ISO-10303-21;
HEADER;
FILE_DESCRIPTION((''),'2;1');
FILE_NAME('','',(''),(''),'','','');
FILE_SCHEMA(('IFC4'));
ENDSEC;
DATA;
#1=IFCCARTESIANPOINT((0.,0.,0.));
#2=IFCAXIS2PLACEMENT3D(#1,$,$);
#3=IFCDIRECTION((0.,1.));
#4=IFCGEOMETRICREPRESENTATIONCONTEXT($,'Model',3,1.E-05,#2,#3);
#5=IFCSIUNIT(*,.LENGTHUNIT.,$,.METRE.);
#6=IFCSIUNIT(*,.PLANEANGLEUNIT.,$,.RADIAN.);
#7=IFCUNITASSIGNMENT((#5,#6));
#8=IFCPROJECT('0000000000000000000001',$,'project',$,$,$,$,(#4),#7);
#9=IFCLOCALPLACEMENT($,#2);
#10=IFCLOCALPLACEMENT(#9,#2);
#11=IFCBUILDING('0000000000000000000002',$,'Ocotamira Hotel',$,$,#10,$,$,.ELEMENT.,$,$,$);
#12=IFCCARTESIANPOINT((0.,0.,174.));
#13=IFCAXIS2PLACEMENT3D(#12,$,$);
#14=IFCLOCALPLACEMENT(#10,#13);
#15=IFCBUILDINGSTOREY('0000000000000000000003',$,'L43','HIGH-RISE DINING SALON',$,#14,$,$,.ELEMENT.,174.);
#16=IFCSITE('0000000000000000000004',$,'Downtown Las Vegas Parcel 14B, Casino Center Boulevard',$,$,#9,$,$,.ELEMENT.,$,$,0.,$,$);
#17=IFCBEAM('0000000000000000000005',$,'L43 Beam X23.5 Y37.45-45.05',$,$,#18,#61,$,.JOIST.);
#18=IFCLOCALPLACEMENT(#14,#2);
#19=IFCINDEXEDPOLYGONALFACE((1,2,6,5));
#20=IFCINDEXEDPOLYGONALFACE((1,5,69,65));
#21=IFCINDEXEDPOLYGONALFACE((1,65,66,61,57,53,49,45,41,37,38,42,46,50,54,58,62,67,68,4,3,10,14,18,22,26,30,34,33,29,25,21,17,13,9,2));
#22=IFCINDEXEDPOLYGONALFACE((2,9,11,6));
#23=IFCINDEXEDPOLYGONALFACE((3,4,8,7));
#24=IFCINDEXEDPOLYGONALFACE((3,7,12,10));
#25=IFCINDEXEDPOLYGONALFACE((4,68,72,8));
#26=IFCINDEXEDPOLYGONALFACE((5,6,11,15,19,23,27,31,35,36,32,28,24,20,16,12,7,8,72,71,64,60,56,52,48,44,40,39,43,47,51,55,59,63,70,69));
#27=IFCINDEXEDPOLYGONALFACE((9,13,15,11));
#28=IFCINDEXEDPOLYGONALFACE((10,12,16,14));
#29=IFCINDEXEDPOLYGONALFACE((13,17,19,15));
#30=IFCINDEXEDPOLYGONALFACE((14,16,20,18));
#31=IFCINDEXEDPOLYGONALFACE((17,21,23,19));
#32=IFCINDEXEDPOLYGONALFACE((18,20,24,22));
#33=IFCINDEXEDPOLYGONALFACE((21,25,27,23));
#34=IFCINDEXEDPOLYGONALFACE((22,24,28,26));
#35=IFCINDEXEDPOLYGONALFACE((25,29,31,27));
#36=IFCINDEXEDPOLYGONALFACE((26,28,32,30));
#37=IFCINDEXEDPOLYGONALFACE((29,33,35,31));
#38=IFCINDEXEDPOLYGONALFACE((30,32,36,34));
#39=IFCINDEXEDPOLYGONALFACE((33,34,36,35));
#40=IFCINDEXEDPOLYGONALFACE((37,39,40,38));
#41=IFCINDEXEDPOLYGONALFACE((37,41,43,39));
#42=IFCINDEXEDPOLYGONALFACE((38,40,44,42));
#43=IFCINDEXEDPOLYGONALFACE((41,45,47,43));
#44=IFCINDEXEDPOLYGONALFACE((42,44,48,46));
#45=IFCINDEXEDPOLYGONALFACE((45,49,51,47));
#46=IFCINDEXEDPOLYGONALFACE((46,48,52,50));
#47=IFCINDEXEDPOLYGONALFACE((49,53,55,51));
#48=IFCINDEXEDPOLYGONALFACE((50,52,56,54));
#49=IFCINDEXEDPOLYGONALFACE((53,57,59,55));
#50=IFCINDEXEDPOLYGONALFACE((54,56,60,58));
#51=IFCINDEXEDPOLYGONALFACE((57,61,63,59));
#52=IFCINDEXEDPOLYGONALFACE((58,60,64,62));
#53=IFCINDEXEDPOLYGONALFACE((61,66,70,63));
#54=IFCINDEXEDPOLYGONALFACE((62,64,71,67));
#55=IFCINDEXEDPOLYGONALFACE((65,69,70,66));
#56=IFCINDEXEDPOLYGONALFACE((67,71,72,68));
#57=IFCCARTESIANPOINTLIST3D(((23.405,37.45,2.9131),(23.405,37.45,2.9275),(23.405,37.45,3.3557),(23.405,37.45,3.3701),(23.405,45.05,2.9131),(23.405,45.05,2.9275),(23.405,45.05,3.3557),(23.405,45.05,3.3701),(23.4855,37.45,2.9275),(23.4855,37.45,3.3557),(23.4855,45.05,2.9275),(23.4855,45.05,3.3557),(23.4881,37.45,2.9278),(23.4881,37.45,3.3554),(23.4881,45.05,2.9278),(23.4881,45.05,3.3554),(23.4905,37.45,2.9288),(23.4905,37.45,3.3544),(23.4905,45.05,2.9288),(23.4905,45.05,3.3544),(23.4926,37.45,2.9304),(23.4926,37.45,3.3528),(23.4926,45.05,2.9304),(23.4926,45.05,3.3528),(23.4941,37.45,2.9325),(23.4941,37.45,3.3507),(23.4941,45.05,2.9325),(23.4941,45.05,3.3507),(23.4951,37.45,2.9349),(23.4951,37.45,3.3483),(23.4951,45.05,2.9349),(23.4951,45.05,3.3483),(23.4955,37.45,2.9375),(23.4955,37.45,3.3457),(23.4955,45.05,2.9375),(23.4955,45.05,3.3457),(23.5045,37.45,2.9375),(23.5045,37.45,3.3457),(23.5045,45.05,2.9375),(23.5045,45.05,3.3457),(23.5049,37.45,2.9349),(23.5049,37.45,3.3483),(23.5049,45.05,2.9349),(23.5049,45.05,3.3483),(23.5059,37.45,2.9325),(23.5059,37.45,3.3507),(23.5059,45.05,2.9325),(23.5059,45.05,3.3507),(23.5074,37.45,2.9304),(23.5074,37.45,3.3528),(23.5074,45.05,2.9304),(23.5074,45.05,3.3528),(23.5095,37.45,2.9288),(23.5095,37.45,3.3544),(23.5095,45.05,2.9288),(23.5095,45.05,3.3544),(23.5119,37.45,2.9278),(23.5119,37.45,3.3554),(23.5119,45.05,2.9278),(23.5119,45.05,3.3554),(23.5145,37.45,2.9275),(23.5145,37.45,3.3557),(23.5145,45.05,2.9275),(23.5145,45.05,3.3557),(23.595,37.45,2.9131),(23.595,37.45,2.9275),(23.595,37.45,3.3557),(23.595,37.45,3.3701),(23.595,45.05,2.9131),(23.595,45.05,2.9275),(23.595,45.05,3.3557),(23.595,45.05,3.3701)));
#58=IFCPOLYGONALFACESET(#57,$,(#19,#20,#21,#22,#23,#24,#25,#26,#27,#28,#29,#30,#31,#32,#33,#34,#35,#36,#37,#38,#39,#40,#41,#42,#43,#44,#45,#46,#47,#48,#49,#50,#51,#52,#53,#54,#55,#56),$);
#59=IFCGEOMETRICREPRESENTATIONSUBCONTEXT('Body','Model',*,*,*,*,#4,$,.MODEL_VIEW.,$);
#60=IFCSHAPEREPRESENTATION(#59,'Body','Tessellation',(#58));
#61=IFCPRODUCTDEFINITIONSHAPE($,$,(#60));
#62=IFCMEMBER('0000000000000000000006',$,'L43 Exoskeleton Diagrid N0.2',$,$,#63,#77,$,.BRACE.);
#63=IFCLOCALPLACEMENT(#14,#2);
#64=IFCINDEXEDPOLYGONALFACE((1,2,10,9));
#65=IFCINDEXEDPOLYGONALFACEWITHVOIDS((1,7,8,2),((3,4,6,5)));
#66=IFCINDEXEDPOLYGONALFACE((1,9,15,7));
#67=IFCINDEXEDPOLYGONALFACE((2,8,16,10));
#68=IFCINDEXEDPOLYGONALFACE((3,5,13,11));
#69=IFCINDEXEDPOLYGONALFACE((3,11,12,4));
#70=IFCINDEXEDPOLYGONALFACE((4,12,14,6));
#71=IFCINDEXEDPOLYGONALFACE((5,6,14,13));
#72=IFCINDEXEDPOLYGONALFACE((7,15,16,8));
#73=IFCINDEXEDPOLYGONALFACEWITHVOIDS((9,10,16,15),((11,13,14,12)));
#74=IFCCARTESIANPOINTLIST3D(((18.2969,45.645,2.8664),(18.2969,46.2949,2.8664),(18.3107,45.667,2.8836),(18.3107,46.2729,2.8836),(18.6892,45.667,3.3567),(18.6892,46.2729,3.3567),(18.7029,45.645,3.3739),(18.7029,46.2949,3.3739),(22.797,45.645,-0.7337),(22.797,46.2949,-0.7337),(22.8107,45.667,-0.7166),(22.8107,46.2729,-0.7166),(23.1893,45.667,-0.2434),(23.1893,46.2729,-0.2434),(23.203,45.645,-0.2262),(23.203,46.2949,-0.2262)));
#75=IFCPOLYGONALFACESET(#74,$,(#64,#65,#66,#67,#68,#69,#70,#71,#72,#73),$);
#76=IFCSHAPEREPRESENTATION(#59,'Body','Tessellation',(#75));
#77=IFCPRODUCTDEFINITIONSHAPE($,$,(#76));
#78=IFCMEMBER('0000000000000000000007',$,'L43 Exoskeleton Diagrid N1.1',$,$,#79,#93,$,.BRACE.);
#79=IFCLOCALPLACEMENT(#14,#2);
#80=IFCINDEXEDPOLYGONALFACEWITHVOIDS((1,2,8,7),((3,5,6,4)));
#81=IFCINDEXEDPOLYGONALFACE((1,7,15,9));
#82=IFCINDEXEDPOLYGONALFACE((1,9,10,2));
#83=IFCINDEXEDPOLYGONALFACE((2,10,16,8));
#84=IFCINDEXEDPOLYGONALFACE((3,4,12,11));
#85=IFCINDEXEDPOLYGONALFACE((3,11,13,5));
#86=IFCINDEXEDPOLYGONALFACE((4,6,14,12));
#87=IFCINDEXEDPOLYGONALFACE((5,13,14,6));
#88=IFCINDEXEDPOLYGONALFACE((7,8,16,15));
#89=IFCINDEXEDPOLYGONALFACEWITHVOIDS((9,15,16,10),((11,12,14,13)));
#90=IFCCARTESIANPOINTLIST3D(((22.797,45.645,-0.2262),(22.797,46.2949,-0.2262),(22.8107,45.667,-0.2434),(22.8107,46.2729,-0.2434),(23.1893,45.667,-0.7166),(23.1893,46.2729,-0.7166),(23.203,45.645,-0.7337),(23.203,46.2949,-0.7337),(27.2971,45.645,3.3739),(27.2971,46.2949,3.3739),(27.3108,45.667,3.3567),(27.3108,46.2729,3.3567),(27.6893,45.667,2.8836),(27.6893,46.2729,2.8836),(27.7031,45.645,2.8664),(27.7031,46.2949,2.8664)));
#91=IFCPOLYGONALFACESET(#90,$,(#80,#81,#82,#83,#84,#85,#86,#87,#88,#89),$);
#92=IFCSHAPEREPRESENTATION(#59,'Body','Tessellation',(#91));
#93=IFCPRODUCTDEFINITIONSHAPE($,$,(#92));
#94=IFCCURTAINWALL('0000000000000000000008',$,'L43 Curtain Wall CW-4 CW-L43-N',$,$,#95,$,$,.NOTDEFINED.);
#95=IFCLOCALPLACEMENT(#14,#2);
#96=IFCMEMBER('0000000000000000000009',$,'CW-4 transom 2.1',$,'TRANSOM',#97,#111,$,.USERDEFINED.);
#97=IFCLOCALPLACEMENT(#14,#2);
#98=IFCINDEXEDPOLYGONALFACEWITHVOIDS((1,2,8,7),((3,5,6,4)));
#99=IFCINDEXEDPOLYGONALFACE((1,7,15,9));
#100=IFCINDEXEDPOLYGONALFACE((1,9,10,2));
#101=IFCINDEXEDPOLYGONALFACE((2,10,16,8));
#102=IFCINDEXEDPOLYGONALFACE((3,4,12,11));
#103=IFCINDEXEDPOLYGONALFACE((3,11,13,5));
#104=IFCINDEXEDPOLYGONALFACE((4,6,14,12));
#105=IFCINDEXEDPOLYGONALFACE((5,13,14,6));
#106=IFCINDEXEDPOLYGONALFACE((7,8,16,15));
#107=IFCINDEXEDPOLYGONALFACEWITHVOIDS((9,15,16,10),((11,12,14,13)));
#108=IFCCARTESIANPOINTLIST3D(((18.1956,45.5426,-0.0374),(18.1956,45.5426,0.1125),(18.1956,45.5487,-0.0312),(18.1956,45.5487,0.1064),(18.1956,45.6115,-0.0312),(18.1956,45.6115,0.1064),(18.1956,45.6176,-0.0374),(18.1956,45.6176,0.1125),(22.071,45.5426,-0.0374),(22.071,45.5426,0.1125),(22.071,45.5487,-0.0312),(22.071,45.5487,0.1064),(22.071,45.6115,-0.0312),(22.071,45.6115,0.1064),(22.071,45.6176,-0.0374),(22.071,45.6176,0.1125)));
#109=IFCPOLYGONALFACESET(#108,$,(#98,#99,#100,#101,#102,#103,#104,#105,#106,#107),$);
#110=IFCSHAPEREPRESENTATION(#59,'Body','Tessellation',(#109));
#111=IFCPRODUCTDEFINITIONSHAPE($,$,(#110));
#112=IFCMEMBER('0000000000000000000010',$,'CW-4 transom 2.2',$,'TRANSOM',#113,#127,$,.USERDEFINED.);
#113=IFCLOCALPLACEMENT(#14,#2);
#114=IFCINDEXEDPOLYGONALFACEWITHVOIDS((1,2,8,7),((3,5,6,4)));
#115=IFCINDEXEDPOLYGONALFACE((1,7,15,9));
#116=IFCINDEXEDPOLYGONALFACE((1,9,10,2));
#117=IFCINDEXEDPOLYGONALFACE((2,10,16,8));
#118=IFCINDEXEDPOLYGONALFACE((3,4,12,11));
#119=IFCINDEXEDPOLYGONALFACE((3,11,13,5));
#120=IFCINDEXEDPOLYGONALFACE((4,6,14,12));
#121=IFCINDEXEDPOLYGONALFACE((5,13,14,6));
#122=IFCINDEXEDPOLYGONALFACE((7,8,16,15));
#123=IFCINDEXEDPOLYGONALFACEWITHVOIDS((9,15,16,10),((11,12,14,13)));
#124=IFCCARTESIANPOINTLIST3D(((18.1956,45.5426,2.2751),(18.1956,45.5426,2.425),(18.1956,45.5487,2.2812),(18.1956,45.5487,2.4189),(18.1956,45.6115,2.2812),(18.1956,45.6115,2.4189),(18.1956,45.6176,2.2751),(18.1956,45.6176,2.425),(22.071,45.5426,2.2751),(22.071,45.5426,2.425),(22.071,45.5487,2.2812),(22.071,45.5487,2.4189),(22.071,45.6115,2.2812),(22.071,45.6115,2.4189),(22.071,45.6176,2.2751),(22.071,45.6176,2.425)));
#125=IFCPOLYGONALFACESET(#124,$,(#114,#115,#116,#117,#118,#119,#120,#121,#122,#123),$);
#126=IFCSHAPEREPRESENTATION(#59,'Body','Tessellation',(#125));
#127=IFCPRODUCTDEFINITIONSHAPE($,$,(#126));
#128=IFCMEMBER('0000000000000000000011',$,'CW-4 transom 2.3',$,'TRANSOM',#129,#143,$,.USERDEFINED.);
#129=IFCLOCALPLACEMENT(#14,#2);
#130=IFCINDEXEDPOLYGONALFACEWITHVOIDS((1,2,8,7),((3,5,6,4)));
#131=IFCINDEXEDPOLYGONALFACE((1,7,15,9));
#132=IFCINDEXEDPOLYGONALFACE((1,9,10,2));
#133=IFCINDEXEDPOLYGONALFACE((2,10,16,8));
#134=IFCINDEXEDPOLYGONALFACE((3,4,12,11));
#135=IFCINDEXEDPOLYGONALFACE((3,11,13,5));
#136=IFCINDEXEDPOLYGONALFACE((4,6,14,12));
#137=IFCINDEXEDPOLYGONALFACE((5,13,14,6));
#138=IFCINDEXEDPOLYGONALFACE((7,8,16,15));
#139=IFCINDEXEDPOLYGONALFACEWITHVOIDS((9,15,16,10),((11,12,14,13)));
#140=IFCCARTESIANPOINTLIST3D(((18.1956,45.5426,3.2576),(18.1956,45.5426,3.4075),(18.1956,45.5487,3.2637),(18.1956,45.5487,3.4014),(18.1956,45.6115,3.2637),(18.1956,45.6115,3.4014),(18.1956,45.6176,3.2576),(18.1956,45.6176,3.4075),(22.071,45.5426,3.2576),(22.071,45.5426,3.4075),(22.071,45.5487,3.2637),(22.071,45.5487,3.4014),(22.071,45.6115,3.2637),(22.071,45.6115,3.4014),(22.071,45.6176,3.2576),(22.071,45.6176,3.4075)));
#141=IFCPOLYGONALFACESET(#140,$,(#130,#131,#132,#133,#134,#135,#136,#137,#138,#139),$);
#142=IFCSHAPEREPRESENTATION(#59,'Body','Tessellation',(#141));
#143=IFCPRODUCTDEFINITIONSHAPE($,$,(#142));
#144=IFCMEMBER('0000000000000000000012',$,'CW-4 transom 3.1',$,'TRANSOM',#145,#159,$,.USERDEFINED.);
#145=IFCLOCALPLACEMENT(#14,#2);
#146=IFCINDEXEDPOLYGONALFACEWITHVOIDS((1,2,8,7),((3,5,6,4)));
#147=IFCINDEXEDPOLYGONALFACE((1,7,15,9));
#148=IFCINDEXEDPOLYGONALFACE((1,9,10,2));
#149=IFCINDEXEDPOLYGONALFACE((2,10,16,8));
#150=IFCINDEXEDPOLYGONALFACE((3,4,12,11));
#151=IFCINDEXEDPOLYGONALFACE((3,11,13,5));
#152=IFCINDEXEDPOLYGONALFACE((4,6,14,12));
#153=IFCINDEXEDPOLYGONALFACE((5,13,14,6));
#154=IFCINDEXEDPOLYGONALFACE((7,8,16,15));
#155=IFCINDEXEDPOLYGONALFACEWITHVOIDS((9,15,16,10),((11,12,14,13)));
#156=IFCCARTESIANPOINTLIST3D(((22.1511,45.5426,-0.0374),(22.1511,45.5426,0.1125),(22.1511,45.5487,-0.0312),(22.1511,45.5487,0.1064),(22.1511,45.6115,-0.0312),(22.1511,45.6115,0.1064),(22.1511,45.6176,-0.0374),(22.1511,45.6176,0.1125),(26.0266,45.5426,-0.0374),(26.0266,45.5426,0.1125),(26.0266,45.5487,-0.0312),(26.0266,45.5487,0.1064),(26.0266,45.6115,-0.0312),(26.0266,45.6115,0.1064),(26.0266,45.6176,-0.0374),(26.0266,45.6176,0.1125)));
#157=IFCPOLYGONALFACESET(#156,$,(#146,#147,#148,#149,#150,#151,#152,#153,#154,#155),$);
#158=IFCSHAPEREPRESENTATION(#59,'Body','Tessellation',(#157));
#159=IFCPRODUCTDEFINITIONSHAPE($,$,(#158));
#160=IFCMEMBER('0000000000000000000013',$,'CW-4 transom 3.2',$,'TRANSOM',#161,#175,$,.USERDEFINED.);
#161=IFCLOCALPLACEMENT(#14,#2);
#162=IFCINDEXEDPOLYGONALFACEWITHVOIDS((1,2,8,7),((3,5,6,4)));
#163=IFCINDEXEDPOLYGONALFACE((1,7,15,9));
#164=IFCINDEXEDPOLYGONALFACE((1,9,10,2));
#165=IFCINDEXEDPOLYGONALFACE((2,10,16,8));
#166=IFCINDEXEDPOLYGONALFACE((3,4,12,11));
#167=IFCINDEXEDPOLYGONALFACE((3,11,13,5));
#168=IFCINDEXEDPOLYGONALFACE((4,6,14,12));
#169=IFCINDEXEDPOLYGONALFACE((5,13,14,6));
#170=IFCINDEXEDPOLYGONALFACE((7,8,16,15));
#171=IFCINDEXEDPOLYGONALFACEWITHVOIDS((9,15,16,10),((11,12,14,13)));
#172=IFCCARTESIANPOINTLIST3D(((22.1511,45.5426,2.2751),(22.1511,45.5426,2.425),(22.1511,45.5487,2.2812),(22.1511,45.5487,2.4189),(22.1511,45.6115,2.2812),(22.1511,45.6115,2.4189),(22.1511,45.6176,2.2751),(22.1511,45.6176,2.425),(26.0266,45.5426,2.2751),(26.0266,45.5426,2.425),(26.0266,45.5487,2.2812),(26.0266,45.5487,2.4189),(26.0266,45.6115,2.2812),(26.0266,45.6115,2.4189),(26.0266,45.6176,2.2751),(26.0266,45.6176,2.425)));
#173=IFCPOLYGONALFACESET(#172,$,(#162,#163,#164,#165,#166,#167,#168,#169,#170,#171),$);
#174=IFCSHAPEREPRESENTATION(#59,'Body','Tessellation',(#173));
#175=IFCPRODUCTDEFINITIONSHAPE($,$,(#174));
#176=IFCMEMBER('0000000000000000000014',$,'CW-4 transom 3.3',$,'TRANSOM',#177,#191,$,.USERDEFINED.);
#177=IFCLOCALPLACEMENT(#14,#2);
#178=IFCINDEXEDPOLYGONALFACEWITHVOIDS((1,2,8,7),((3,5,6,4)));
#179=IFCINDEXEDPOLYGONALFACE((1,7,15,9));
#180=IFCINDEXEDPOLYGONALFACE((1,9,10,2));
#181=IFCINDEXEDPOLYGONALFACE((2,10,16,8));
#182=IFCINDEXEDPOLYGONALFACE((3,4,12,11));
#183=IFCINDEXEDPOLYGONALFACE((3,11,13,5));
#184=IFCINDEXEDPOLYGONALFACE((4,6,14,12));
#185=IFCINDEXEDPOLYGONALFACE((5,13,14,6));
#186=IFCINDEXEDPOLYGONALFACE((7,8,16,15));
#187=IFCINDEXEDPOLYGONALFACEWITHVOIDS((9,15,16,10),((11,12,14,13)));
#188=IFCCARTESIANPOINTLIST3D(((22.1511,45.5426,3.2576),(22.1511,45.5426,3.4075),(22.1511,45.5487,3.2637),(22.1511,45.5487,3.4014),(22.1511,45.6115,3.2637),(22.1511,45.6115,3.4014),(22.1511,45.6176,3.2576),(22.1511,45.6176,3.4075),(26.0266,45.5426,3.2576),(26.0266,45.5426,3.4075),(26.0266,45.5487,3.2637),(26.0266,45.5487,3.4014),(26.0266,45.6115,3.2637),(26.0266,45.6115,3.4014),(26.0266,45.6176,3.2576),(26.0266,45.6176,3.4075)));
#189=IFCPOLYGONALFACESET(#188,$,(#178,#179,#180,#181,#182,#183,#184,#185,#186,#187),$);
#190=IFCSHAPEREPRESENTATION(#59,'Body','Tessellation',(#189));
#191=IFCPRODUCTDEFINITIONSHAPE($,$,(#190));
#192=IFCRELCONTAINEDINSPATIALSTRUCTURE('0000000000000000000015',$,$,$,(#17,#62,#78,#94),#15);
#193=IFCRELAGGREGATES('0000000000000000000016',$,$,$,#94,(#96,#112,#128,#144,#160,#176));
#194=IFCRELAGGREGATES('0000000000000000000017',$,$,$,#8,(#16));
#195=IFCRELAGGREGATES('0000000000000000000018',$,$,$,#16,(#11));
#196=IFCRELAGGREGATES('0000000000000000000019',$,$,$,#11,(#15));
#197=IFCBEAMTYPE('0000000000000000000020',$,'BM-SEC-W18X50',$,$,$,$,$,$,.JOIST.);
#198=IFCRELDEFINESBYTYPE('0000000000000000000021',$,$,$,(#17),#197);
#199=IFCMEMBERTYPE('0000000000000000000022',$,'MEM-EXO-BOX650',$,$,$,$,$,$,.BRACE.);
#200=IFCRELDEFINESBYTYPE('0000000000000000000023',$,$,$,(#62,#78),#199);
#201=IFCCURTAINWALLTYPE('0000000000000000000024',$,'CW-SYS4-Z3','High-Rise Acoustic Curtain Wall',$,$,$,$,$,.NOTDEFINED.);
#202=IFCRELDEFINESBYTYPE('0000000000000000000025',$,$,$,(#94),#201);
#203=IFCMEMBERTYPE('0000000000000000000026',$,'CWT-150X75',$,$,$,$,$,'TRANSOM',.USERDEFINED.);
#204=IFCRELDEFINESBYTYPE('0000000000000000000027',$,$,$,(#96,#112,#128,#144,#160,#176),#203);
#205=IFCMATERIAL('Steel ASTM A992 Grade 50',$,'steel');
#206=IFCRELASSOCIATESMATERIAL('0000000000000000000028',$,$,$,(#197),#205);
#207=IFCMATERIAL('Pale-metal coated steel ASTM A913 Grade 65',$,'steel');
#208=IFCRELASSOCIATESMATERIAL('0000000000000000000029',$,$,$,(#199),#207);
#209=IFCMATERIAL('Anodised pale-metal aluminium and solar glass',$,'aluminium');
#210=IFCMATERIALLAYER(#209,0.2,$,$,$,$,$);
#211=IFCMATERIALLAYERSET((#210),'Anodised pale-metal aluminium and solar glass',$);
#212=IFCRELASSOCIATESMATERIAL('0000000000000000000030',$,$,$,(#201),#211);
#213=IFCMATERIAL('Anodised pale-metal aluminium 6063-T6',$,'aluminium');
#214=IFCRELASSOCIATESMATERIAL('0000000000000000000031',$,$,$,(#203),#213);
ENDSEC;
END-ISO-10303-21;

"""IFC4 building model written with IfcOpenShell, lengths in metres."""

from ifc_helpers import new_model, si_unit, direction, frame, origin, origin_2d, place, context, subcontext, project, spatial, hollow_rectangle, i_section, extrude, source, transform, mapped, material, layer, layer_set, material_profile, profile_set, type_object, element, aggregate, save


model = new_model("IFC4")

# Units and contexts
model_context = context("Model", 3, precision=1e-05, world=origin(), true_north=direction((0.0, 1.0)))
body_context = subcontext(model_context, "Body", "Model", "MODEL_VIEW")
ifc_project = project(units=[si_unit("LENGTHUNIT", "METRE"), si_unit("PLANEANGLEUNIT", "RADIAN")], contexts=[model_context])

# Site, building, storey
site_placement = place(None, origin())
site = spatial("IfcSite", under=ifc_project, at=site_placement, Name="Downtown Las Vegas Parcel 14B, Casino Center Boulevard", CompositionType="ELEMENT", RefElevation=0.0)
building_placement = place(site_placement, origin())
building = spatial("IfcBuilding", under=site, at=building_placement, Name="Ocotamira Hotel", CompositionType="ELEMENT")
storey_placement = place(building_placement, frame((0.0, 0.0, 174.0)))
storey = spatial("IfcBuildingStorey", under=building, at=storey_placement, Name="L43", Description="HIGH-RISE DINING SALON", CompositionType="ELEMENT", Elevation=174.0)

# Beam
ifc_material_1 = material(Name="Steel ASTM A992 Grade 50", Category="steel")
ifc_material_profile_1 = material_profile(ifc_material_1, i_section(OverallWidth=0.1899, OverallDepth=0.457, WebThickness=0.009, FlangeThickness=0.0144, FilletRadius=0.01, at=origin_2d()), Name="W18X50")
ifc_profile_set_1 = profile_set([ifc_material_profile_1], Name="Steel ASTM A992 Grade 50")
beam_type_1 = type_object("IfcBeamType", Name="BM-SEC-W18X50", PredefinedType="JOIST", material=ifc_profile_set_1)
shared_shape_1 = source(origin(), body_context, "Body", "SweptSolid", [
    extrude(i_section(OverallWidth=0.1899, OverallDepth=0.457, WebThickness=0.009, FlangeThickness=0.0144, FilletRadius=0.01, at=origin_2d()), origin(), (0.0, 0.0, 1.0), 7.6001),
])
beam_1_placement = place(storey_placement, frame((23.5, 37.45, 3.1416), z_axis=(0.0, 1.0, 0.0), x_axis=(-1.0, 0.0, 0.0)))
element("IfcBeam", 1, at=beam_1_placement, inside=storey, type_object=beam_type_1, Name="L43 Beam X23.5 Y37.45-45.05", PredefinedType="JOIST", context=body_context, shape_type="MappedRepresentation", body=[
    mapped(shared_shape_1, transform((0.0, 0.0, 0.0), scale=1.0)),
])

# Members
ifc_material_2 = material(Name="Pale-metal coated steel ASTM A913 Grade 65", Category="steel")
ifc_material_profile_2 = material_profile(ifc_material_2, hollow_rectangle(XDim=0.6499, YDim=0.6499, WallThickness=0.022, at=origin_2d()), Name="BOX650X650X22")
ifc_profile_set_2 = profile_set([ifc_material_profile_2], Name="Pale-metal coated steel ASTM A913 Grade 65")
member_type_1 = type_object("IfcMemberType", Name="MEM-EXO-BOX650", PredefinedType="BRACE", material=ifc_profile_set_2)
shared_shape_2 = source(origin(), body_context, "Body", "SweptSolid", [
    extrude(hollow_rectangle(XDim=0.6499, YDim=0.6499, WallThickness=0.022, at=origin_2d()), origin(), (0.0, 0.0, 1.0), 5.7629),
])
for number, where, z_axis, x_axis, name in (
    (2, (23.0, 45.97, -0.48), (-0.780861, 0.0, 0.624705), (0.0, -1.0, 0.0), "L43 Exoskeleton Diagrid N0.2"),
    (3, (23.0, 45.97, -0.48), (0.780861, 0.0, 0.624705), (0.0, 1.0, 0.0), "L43 Exoskeleton Diagrid N1.1"),
):
    element("IfcMember", number, at=place(storey_placement, frame(where, z_axis=z_axis, x_axis=x_axis)), inside=storey, type_object=member_type_1, Name=name, PredefinedType="BRACE", context=body_context, shape_type="MappedRepresentation", body=[
        mapped(shared_shape_2, transform((0.0, 0.0, 0.0), scale=1.0)),
    ])

# Curtain wall, members
ifc_material_3 = material(Name="Anodised pale-metal aluminium and solar glass", Category="aluminium")
ifc_layer_1 = layer(ifc_material_3, 0.2)
ifc_layer_set_1 = layer_set([ifc_layer_1], Name="Anodised pale-metal aluminium and solar glass")
curtain_wall_type = type_object("IfcCurtainWallType", Name="CW-SYS4-Z3", Description="High-Rise Acoustic Curtain Wall", PredefinedType="NOTDEFINED", material=ifc_layer_set_1)
curtain_wall_placement = place(storey_placement, origin())
curtain_wall = element("IfcCurtainWall", 4, at=curtain_wall_placement, inside=storey, type_object=curtain_wall_type, Name="L43 Curtain Wall CW-4 CW-L43-N", PredefinedType="NOTDEFINED")
ifc_material_4 = material(Name="Anodised pale-metal aluminium 6063-T6", Category="aluminium")
ifc_material_profile_3 = material_profile(ifc_material_4, hollow_rectangle(XDim=0.075, YDim=0.1499, WallThickness=0.0061, at=origin_2d()), Name="HSS150X75X6")
ifc_profile_set_3 = profile_set([ifc_material_profile_3], Name="Anodised pale-metal aluminium 6063-T6")
member_type_2 = type_object("IfcMemberType", Name="CWT-150X75", ElementType="TRANSOM", PredefinedType="USERDEFINED", material=ifc_profile_set_3)
shared_shape_3 = source(origin(), body_context, "Body", "SweptSolid", [
    extrude(hollow_rectangle(XDim=0.075, YDim=0.1499, WallThickness=0.0061, at=origin_2d()), origin(), (0.0, 0.0, 1.0), 3.8755),
])
member_1_placement = place(storey_placement, frame((18.1956, 45.5801, 0.0376), z_axis=(1.0, 0.0, 0.0), x_axis=(0.0, 1.0, 0.0)))
member_1 = element("IfcMember", 5, at=member_1_placement, type_object=member_type_2, Name="CW-4 transom 2.1", ObjectType="TRANSOM", PredefinedType="USERDEFINED", context=body_context, shape_type="MappedRepresentation", body=[
    mapped(shared_shape_3, transform((0.0, 0.0, 0.0), scale=1.0)),
])
member_2_placement = place(storey_placement, frame((18.1956, 45.5801, 2.3501), z_axis=(1.0, 0.0, 0.0), x_axis=(0.0, 1.0, 0.0)))
member_2 = element("IfcMember", 6, at=member_2_placement, type_object=member_type_2, Name="CW-4 transom 2.2", ObjectType="TRANSOM", PredefinedType="USERDEFINED", context=body_context, shape_type="MappedRepresentation", body=[
    mapped(shared_shape_3, transform((0.0, 0.0, 0.0), scale=1.0)),
])
member_3_placement = place(storey_placement, frame((18.1956, 45.5801, 3.3325), z_axis=(1.0, 0.0, 0.0), x_axis=(0.0, 1.0, 0.0)))
member_3 = element("IfcMember", 7, at=member_3_placement, type_object=member_type_2, Name="CW-4 transom 2.3", ObjectType="TRANSOM", PredefinedType="USERDEFINED", context=body_context, shape_type="MappedRepresentation", body=[
    mapped(shared_shape_3, transform((0.0, 0.0, 0.0), scale=1.0)),
])
member_4_placement = place(storey_placement, frame((22.1511, 45.5801, 0.0376), z_axis=(1.0, 0.0, 0.0), x_axis=(0.0, 1.0, 0.0)))
member_4 = element("IfcMember", 8, at=member_4_placement, type_object=member_type_2, Name="CW-4 transom 3.1", ObjectType="TRANSOM", PredefinedType="USERDEFINED", context=body_context, shape_type="MappedRepresentation", body=[
    mapped(shared_shape_3, transform((0.0, 0.0, 0.0), scale=1.0)),
])
member_5_placement = place(storey_placement, frame((22.1511, 45.5801, 2.3501), z_axis=(1.0, 0.0, 0.0), x_axis=(0.0, 1.0, 0.0)))
member_5 = element("IfcMember", 9, at=member_5_placement, type_object=member_type_2, Name="CW-4 transom 3.2", ObjectType="TRANSOM", PredefinedType="USERDEFINED", context=body_context, shape_type="MappedRepresentation", body=[
    mapped(shared_shape_3, transform((0.0, 0.0, 0.0), scale=1.0)),
])
member_6_placement = place(storey_placement, frame((22.1511, 45.5801, 3.3325), z_axis=(1.0, 0.0, 0.0), x_axis=(0.0, 1.0, 0.0)))
member_6 = element("IfcMember", 10, at=member_6_placement, type_object=member_type_2, Name="CW-4 transom 3.3", ObjectType="TRANSOM", PredefinedType="USERDEFINED", context=body_context, shape_type="MappedRepresentation", body=[
    mapped(shared_shape_3, transform((0.0, 0.0, 0.0), scale=1.0)),
])

aggregate(curtain_wall, [member_1, member_2, member_3, member_4, member_5, member_6])

save(model, "model.ifc")
